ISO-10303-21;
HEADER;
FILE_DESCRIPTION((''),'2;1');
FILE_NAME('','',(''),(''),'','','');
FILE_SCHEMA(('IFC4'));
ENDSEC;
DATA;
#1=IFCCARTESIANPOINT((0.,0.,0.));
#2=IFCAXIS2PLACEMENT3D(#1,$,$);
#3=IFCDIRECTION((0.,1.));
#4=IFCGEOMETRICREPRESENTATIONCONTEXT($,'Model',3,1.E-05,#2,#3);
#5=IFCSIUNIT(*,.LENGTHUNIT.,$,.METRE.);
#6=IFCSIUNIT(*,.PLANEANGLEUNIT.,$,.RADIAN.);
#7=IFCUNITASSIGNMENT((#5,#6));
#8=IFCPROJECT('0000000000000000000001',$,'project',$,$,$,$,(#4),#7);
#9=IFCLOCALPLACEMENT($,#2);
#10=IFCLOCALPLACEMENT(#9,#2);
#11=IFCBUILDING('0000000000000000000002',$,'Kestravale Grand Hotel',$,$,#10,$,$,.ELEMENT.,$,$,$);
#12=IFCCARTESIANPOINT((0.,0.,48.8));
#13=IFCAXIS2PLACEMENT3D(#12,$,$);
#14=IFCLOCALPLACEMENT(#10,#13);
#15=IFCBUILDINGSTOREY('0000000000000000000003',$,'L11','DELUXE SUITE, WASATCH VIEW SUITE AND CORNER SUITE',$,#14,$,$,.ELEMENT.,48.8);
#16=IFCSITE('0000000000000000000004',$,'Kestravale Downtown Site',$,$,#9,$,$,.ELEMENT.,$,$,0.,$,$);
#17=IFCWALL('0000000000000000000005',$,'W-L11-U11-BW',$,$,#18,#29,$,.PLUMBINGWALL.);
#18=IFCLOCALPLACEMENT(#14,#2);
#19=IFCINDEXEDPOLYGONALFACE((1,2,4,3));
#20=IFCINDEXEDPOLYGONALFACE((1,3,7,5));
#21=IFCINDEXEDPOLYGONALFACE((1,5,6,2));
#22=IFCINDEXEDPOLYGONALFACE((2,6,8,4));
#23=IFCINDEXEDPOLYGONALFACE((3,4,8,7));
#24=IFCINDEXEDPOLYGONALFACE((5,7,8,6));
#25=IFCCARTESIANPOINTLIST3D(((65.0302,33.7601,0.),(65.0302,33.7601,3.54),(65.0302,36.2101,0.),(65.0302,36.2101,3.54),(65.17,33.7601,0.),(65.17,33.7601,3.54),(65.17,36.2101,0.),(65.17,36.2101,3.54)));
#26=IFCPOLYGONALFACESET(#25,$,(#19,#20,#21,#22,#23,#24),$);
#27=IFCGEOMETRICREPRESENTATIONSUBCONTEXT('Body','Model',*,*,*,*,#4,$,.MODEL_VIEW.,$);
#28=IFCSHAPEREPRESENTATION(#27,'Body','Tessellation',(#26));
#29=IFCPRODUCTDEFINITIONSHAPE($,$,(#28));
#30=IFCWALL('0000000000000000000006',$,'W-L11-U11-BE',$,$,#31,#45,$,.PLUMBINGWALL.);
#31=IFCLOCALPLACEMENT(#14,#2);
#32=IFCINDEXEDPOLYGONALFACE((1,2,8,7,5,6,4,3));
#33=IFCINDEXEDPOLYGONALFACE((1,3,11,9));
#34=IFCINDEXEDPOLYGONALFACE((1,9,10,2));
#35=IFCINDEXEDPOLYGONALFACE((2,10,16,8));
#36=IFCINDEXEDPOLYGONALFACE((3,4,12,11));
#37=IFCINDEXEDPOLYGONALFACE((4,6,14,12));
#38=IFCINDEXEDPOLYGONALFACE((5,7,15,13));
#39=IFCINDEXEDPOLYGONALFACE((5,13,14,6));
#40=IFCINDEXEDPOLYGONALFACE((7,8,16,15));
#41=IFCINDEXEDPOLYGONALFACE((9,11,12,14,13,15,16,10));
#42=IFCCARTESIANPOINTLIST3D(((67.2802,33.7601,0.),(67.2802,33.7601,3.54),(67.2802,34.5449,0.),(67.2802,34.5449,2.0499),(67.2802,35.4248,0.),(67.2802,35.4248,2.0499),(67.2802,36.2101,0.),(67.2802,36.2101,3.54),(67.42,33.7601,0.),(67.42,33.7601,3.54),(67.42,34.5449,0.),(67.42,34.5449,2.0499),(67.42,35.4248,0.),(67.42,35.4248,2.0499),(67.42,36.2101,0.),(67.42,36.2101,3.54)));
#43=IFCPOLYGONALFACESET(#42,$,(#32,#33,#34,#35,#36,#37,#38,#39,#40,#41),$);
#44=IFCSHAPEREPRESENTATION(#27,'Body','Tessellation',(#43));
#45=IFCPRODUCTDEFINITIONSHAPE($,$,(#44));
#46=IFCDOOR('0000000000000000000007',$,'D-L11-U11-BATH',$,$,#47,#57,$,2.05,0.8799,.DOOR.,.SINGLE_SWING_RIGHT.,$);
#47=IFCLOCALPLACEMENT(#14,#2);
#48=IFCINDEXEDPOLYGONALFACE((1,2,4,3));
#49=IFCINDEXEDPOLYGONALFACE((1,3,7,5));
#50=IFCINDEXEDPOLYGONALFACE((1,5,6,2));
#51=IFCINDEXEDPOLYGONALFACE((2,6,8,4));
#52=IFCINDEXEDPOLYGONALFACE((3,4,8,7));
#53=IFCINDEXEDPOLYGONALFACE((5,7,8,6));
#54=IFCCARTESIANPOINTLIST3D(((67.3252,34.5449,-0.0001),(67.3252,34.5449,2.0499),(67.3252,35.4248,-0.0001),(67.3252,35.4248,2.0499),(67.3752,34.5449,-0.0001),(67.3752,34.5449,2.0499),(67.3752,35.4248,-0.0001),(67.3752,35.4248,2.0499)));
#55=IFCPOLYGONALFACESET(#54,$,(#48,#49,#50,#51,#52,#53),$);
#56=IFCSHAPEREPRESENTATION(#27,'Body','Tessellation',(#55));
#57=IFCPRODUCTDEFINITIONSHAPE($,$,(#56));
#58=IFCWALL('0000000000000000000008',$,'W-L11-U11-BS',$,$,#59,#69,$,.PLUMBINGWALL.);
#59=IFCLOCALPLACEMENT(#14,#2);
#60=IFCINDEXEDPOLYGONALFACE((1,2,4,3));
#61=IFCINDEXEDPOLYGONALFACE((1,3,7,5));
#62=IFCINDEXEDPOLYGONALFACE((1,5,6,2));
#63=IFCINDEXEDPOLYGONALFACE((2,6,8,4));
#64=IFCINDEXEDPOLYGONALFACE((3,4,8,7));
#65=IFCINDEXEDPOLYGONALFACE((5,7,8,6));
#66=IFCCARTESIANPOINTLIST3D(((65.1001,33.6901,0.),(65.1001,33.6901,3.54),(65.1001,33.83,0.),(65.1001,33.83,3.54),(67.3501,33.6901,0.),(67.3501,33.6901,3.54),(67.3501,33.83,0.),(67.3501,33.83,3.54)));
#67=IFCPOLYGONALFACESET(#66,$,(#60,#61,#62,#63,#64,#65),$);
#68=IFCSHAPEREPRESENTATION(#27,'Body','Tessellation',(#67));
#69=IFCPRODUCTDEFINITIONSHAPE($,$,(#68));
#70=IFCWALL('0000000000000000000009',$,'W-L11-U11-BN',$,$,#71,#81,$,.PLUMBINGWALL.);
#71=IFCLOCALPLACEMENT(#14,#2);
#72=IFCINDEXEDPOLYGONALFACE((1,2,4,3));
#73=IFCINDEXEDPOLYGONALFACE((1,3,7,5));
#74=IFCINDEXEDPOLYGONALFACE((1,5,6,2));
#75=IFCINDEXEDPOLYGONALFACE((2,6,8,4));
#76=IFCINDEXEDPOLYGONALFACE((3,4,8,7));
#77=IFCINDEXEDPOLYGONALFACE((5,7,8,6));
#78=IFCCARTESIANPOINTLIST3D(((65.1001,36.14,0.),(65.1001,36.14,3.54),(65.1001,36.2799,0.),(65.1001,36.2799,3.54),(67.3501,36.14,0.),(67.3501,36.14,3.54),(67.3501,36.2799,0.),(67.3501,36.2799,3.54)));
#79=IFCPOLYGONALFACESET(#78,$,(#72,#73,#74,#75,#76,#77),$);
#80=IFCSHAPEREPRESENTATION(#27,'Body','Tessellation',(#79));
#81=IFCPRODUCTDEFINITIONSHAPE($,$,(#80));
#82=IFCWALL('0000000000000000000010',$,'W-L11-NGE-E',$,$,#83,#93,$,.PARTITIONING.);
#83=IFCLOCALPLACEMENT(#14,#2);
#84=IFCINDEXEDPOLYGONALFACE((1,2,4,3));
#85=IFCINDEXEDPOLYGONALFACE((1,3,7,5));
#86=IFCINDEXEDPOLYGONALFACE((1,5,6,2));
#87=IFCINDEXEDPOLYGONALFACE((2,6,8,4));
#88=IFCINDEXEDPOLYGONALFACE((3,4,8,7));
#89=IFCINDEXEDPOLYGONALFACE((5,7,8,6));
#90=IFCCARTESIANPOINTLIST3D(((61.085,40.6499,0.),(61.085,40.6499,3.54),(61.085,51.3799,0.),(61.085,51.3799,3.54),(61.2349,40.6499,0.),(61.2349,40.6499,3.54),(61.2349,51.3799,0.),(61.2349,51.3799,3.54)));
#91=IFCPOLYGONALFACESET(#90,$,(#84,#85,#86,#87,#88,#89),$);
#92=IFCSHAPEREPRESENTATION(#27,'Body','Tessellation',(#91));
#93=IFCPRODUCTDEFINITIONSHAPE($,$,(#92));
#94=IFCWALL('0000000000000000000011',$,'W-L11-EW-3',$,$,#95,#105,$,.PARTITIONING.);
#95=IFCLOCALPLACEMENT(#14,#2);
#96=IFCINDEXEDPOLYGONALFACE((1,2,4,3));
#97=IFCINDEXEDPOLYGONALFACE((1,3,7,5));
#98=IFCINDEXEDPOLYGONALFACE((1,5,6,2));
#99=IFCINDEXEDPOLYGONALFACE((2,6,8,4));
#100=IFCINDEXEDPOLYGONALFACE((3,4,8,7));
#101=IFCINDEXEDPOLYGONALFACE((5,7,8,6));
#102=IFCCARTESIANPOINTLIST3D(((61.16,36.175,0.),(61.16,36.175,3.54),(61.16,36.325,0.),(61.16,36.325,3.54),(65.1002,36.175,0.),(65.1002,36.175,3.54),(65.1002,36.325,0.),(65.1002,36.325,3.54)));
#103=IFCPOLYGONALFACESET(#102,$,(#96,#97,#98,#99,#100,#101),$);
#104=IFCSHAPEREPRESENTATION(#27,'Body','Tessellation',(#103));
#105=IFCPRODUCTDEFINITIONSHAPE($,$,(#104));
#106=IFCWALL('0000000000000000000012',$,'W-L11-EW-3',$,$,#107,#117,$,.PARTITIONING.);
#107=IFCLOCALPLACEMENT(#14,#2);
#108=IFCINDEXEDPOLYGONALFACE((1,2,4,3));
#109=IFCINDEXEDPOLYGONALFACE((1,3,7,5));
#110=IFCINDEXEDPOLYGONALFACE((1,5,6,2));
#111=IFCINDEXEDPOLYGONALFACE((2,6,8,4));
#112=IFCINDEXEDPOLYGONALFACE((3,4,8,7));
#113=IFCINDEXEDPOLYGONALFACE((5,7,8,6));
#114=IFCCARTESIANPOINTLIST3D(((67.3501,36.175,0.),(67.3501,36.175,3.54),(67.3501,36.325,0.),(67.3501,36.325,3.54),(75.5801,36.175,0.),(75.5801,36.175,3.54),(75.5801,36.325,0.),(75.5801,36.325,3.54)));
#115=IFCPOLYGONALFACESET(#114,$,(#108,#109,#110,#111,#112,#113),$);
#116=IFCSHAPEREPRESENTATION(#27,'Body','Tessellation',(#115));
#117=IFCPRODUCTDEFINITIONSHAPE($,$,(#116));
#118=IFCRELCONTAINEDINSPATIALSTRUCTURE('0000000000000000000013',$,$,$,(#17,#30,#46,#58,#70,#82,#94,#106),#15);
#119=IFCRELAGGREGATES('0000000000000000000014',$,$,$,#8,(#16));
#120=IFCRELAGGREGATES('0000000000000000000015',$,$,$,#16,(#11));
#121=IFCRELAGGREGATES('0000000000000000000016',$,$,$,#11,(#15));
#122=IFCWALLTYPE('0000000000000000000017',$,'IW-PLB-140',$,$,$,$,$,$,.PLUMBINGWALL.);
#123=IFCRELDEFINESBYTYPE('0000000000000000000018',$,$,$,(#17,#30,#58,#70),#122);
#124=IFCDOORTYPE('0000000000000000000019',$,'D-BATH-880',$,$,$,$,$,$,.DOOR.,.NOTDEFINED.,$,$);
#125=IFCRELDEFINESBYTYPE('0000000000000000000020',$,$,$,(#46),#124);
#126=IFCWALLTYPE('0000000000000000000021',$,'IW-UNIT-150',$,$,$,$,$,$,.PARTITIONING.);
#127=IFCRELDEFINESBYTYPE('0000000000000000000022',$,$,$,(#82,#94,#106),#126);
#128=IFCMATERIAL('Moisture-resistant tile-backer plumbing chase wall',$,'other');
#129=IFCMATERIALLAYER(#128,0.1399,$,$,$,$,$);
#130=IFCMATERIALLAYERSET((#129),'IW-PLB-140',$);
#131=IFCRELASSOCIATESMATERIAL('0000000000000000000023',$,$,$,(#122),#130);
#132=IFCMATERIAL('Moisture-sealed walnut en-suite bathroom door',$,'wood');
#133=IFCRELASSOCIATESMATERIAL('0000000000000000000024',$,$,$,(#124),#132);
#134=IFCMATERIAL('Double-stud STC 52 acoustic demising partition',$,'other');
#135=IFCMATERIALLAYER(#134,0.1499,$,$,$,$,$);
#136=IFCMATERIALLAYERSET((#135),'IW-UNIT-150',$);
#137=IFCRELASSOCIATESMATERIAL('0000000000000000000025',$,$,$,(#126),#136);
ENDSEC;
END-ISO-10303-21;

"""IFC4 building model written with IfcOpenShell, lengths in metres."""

from ifc_helpers import new_model, si_unit, direction, frame, frame_2d, origin, place, context, subcontext, project, spatial, rectangle, extrude, material, layer, layer_set, type_object, element, fill, save


model = new_model("IFC4")

# Units and contexts
model_context = context("Model", 3, precision=1e-05, world=origin(), true_north=direction((0.0, 1.0)))
body_context = subcontext(model_context, "Body", "Model", "MODEL_VIEW")
ifc_project = project(units=[si_unit("LENGTHUNIT", "METRE"), si_unit("PLANEANGLEUNIT", "RADIAN")], contexts=[model_context])

# Site, building, storey
site_placement = place(None, origin())
site = spatial("IfcSite", under=ifc_project, at=site_placement, Name="Kestravale Downtown Site", CompositionType="ELEMENT", RefElevation=0.0)
building_placement = place(site_placement, origin())
building = spatial("IfcBuilding", under=site, at=building_placement, Name="Kestravale Grand Hotel", CompositionType="ELEMENT")
storey_placement = place(building_placement, frame((0.0, 0.0, 48.8)))
storey = spatial("IfcBuildingStorey", under=building, at=storey_placement, Name="L11", Description="DELUXE SUITE, WASATCH VIEW SUITE AND CORNER SUITE", CompositionType="ELEMENT", Elevation=48.8)

# Wall
ifc_material_1 = material(Name="Moisture-resistant tile-backer plumbing chase wall", Category="other")
ifc_layer_1 = layer(ifc_material_1, 0.1399)
ifc_layer_set_1 = layer_set([ifc_layer_1], Name="IW-PLB-140")
wall_type_1 = type_object("IfcWallType", Name="IW-PLB-140", PredefinedType="PLUMBINGWALL", material=ifc_layer_set_1)
wall_1_placement = place(storey_placement, frame((65.1001, 33.76, 0.0), z_axis=(0.0, 0.0, 1.0), x_axis=(0.0, 1.0, 0.0)))
element("IfcWall", 1, at=wall_1_placement, inside=storey, type_object=wall_type_1, Name="W-L11-U11-BW", PredefinedType="PLUMBINGWALL", context=body_context, shape_type="SweptSolid", body=[
    extrude(rectangle(XDim=2.45, YDim=0.1399, at=frame_2d((1.2251, 0.0))), origin(), (0.0, 0.0, 1.0), 3.54),
])

# Wall, opening, door
wall_2_placement = place(storey_placement, frame((67.3501, 33.76, 0.0), z_axis=(0.0, 0.0, 1.0), x_axis=(0.0, 1.0, 0.0)))
wall_2 = element("IfcWall", 2, at=wall_2_placement, inside=storey, type_object=wall_type_1, Name="W-L11-U11-BE", PredefinedType="PLUMBINGWALL", context=body_context, shape_type="SweptSolid", body=[
    extrude(rectangle(XDim=2.45, YDim=0.1399, at=frame_2d((1.2251, 0.0))), origin(), (0.0, 0.0, 1.0), 3.54),
])
opening_1_placement = place(wall_2_placement, frame((0.7849, 0.0, 0.0)))
opening_1 = element("IfcOpeningElement", 3, at=opening_1_placement, cuts=wall_2, PredefinedType="OPENING", context=body_context, shape_type="SweptSolid", body=[
    extrude(rectangle(XDim=0.8799, YDim=2.05, at=frame_2d((0.4399, 1.0249))), frame((0.0, 0.0798, 0.0), z_axis=(0.0, -1.0, 0.0), x_axis=(1.0, 0.0, 0.0)), (0.0, 0.0, 1.0), 0.1599),
])
ifc_material_2 = material(Name="Moisture-sealed walnut en-suite bathroom door", Category="wood")
door_type = type_object("IfcDoorType", Name="D-BATH-880", OperationType="NOTDEFINED", PredefinedType="DOOR", material=ifc_material_2)
door_placement = place(opening_1_placement, origin())
door = element("IfcDoor", 4, at=door_placement, inside=storey, type_object=door_type, Name="D-L11-U11-BATH", OperationType="SINGLE_SWING_RIGHT", OverallHeight=2.05, OverallWidth=0.8799, PredefinedType="DOOR", context=body_context, shape_type="SweptSolid", body=[
    extrude(rectangle(XDim=0.8799, YDim=2.05, at=frame_2d((0.4399, 1.0249))), frame((0.0, 0.0249, 0.0), z_axis=(0.0, -1.0, 0.0), x_axis=(1.0, 0.0, 0.0)), (0.0, 0.0, 1.0), 0.05),
])
fill(opening_1, door)

# Walls
for number, where, z_axis, x_axis, name in (
    (5, (65.1001, 33.76, 0.0), (0.0, 0.0, 1.0), (1.0, 0.0, 0.0), "W-L11-U11-BS"),
    (6, (65.1001, 36.21, 0.0), (0.0, 0.0, 1.0), (1.0, 0.0, 0.0), "W-L11-U11-BN"),
):
    element("IfcWall", number, at=place(storey_placement, frame(where, z_axis=z_axis, x_axis=x_axis)), inside=storey, type_object=wall_type_1, Name=name, PredefinedType="PLUMBINGWALL", context=body_context, shape_type="SweptSolid", body=[
        extrude(rectangle(XDim=2.25, YDim=0.1399, at=frame_2d((1.125, 0.0))), origin(), (0.0, 0.0, 1.0), 3.54),
    ])
ifc_material_3 = material(Name="Double-stud STC 52 acoustic demising partition", Category="other")
ifc_layer_2 = layer(ifc_material_3, 0.1499)
ifc_layer_set_2 = layer_set([ifc_layer_2], Name="IW-UNIT-150")
wall_type_2 = type_object("IfcWallType", Name="IW-UNIT-150", PredefinedType="PARTITIONING", material=ifc_layer_set_2)
wall_3_placement = place(storey_placement, frame((61.1599, 40.6499, 0.0), z_axis=(0.0, 0.0, 1.0), x_axis=(0.0, 1.0, 0.0)))
element("IfcWall", 7, at=wall_3_placement, inside=storey, type_object=wall_type_2, Name="W-L11-NGE-E", PredefinedType="PARTITIONING", context=body_context, shape_type="SweptSolid", body=[
    extrude(rectangle(XDim=10.73, YDim=0.1499, at=frame_2d((5.365, 0.0))), origin(), (0.0, 0.0, 1.0), 3.54),
])
wall_4_placement = place(storey_placement, frame((61.1599, 36.25, 0.0), z_axis=(0.0, 0.0, 1.0), x_axis=(1.0, 0.0, 0.0)))
element("IfcWall", 8, at=wall_4_placement, inside=storey, type_object=wall_type_2, Name="W-L11-EW-3", PredefinedType="PARTITIONING", context=body_context, shape_type="SweptSolid", body=[
    extrude(rectangle(XDim=3.9402, YDim=0.1499, at=frame_2d((1.9702, 0.0))), origin(), (0.0, 0.0, 1.0), 3.54),
])
wall_5_placement = place(storey_placement, frame((67.3501, 36.25, 0.0), z_axis=(0.0, 0.0, 1.0), x_axis=(1.0, 0.0, 0.0)))
element("IfcWall", 9, at=wall_5_placement, inside=storey, type_object=wall_type_2, Name="W-L11-EW-3", PredefinedType="PARTITIONING", context=body_context, shape_type="SweptSolid", body=[
    extrude(rectangle(XDim=8.23, YDim=0.1499, at=frame_2d((4.115, 0.0))), origin(), (0.0, 0.0, 1.0), 3.54),
])

save(model, "model.ifc")
